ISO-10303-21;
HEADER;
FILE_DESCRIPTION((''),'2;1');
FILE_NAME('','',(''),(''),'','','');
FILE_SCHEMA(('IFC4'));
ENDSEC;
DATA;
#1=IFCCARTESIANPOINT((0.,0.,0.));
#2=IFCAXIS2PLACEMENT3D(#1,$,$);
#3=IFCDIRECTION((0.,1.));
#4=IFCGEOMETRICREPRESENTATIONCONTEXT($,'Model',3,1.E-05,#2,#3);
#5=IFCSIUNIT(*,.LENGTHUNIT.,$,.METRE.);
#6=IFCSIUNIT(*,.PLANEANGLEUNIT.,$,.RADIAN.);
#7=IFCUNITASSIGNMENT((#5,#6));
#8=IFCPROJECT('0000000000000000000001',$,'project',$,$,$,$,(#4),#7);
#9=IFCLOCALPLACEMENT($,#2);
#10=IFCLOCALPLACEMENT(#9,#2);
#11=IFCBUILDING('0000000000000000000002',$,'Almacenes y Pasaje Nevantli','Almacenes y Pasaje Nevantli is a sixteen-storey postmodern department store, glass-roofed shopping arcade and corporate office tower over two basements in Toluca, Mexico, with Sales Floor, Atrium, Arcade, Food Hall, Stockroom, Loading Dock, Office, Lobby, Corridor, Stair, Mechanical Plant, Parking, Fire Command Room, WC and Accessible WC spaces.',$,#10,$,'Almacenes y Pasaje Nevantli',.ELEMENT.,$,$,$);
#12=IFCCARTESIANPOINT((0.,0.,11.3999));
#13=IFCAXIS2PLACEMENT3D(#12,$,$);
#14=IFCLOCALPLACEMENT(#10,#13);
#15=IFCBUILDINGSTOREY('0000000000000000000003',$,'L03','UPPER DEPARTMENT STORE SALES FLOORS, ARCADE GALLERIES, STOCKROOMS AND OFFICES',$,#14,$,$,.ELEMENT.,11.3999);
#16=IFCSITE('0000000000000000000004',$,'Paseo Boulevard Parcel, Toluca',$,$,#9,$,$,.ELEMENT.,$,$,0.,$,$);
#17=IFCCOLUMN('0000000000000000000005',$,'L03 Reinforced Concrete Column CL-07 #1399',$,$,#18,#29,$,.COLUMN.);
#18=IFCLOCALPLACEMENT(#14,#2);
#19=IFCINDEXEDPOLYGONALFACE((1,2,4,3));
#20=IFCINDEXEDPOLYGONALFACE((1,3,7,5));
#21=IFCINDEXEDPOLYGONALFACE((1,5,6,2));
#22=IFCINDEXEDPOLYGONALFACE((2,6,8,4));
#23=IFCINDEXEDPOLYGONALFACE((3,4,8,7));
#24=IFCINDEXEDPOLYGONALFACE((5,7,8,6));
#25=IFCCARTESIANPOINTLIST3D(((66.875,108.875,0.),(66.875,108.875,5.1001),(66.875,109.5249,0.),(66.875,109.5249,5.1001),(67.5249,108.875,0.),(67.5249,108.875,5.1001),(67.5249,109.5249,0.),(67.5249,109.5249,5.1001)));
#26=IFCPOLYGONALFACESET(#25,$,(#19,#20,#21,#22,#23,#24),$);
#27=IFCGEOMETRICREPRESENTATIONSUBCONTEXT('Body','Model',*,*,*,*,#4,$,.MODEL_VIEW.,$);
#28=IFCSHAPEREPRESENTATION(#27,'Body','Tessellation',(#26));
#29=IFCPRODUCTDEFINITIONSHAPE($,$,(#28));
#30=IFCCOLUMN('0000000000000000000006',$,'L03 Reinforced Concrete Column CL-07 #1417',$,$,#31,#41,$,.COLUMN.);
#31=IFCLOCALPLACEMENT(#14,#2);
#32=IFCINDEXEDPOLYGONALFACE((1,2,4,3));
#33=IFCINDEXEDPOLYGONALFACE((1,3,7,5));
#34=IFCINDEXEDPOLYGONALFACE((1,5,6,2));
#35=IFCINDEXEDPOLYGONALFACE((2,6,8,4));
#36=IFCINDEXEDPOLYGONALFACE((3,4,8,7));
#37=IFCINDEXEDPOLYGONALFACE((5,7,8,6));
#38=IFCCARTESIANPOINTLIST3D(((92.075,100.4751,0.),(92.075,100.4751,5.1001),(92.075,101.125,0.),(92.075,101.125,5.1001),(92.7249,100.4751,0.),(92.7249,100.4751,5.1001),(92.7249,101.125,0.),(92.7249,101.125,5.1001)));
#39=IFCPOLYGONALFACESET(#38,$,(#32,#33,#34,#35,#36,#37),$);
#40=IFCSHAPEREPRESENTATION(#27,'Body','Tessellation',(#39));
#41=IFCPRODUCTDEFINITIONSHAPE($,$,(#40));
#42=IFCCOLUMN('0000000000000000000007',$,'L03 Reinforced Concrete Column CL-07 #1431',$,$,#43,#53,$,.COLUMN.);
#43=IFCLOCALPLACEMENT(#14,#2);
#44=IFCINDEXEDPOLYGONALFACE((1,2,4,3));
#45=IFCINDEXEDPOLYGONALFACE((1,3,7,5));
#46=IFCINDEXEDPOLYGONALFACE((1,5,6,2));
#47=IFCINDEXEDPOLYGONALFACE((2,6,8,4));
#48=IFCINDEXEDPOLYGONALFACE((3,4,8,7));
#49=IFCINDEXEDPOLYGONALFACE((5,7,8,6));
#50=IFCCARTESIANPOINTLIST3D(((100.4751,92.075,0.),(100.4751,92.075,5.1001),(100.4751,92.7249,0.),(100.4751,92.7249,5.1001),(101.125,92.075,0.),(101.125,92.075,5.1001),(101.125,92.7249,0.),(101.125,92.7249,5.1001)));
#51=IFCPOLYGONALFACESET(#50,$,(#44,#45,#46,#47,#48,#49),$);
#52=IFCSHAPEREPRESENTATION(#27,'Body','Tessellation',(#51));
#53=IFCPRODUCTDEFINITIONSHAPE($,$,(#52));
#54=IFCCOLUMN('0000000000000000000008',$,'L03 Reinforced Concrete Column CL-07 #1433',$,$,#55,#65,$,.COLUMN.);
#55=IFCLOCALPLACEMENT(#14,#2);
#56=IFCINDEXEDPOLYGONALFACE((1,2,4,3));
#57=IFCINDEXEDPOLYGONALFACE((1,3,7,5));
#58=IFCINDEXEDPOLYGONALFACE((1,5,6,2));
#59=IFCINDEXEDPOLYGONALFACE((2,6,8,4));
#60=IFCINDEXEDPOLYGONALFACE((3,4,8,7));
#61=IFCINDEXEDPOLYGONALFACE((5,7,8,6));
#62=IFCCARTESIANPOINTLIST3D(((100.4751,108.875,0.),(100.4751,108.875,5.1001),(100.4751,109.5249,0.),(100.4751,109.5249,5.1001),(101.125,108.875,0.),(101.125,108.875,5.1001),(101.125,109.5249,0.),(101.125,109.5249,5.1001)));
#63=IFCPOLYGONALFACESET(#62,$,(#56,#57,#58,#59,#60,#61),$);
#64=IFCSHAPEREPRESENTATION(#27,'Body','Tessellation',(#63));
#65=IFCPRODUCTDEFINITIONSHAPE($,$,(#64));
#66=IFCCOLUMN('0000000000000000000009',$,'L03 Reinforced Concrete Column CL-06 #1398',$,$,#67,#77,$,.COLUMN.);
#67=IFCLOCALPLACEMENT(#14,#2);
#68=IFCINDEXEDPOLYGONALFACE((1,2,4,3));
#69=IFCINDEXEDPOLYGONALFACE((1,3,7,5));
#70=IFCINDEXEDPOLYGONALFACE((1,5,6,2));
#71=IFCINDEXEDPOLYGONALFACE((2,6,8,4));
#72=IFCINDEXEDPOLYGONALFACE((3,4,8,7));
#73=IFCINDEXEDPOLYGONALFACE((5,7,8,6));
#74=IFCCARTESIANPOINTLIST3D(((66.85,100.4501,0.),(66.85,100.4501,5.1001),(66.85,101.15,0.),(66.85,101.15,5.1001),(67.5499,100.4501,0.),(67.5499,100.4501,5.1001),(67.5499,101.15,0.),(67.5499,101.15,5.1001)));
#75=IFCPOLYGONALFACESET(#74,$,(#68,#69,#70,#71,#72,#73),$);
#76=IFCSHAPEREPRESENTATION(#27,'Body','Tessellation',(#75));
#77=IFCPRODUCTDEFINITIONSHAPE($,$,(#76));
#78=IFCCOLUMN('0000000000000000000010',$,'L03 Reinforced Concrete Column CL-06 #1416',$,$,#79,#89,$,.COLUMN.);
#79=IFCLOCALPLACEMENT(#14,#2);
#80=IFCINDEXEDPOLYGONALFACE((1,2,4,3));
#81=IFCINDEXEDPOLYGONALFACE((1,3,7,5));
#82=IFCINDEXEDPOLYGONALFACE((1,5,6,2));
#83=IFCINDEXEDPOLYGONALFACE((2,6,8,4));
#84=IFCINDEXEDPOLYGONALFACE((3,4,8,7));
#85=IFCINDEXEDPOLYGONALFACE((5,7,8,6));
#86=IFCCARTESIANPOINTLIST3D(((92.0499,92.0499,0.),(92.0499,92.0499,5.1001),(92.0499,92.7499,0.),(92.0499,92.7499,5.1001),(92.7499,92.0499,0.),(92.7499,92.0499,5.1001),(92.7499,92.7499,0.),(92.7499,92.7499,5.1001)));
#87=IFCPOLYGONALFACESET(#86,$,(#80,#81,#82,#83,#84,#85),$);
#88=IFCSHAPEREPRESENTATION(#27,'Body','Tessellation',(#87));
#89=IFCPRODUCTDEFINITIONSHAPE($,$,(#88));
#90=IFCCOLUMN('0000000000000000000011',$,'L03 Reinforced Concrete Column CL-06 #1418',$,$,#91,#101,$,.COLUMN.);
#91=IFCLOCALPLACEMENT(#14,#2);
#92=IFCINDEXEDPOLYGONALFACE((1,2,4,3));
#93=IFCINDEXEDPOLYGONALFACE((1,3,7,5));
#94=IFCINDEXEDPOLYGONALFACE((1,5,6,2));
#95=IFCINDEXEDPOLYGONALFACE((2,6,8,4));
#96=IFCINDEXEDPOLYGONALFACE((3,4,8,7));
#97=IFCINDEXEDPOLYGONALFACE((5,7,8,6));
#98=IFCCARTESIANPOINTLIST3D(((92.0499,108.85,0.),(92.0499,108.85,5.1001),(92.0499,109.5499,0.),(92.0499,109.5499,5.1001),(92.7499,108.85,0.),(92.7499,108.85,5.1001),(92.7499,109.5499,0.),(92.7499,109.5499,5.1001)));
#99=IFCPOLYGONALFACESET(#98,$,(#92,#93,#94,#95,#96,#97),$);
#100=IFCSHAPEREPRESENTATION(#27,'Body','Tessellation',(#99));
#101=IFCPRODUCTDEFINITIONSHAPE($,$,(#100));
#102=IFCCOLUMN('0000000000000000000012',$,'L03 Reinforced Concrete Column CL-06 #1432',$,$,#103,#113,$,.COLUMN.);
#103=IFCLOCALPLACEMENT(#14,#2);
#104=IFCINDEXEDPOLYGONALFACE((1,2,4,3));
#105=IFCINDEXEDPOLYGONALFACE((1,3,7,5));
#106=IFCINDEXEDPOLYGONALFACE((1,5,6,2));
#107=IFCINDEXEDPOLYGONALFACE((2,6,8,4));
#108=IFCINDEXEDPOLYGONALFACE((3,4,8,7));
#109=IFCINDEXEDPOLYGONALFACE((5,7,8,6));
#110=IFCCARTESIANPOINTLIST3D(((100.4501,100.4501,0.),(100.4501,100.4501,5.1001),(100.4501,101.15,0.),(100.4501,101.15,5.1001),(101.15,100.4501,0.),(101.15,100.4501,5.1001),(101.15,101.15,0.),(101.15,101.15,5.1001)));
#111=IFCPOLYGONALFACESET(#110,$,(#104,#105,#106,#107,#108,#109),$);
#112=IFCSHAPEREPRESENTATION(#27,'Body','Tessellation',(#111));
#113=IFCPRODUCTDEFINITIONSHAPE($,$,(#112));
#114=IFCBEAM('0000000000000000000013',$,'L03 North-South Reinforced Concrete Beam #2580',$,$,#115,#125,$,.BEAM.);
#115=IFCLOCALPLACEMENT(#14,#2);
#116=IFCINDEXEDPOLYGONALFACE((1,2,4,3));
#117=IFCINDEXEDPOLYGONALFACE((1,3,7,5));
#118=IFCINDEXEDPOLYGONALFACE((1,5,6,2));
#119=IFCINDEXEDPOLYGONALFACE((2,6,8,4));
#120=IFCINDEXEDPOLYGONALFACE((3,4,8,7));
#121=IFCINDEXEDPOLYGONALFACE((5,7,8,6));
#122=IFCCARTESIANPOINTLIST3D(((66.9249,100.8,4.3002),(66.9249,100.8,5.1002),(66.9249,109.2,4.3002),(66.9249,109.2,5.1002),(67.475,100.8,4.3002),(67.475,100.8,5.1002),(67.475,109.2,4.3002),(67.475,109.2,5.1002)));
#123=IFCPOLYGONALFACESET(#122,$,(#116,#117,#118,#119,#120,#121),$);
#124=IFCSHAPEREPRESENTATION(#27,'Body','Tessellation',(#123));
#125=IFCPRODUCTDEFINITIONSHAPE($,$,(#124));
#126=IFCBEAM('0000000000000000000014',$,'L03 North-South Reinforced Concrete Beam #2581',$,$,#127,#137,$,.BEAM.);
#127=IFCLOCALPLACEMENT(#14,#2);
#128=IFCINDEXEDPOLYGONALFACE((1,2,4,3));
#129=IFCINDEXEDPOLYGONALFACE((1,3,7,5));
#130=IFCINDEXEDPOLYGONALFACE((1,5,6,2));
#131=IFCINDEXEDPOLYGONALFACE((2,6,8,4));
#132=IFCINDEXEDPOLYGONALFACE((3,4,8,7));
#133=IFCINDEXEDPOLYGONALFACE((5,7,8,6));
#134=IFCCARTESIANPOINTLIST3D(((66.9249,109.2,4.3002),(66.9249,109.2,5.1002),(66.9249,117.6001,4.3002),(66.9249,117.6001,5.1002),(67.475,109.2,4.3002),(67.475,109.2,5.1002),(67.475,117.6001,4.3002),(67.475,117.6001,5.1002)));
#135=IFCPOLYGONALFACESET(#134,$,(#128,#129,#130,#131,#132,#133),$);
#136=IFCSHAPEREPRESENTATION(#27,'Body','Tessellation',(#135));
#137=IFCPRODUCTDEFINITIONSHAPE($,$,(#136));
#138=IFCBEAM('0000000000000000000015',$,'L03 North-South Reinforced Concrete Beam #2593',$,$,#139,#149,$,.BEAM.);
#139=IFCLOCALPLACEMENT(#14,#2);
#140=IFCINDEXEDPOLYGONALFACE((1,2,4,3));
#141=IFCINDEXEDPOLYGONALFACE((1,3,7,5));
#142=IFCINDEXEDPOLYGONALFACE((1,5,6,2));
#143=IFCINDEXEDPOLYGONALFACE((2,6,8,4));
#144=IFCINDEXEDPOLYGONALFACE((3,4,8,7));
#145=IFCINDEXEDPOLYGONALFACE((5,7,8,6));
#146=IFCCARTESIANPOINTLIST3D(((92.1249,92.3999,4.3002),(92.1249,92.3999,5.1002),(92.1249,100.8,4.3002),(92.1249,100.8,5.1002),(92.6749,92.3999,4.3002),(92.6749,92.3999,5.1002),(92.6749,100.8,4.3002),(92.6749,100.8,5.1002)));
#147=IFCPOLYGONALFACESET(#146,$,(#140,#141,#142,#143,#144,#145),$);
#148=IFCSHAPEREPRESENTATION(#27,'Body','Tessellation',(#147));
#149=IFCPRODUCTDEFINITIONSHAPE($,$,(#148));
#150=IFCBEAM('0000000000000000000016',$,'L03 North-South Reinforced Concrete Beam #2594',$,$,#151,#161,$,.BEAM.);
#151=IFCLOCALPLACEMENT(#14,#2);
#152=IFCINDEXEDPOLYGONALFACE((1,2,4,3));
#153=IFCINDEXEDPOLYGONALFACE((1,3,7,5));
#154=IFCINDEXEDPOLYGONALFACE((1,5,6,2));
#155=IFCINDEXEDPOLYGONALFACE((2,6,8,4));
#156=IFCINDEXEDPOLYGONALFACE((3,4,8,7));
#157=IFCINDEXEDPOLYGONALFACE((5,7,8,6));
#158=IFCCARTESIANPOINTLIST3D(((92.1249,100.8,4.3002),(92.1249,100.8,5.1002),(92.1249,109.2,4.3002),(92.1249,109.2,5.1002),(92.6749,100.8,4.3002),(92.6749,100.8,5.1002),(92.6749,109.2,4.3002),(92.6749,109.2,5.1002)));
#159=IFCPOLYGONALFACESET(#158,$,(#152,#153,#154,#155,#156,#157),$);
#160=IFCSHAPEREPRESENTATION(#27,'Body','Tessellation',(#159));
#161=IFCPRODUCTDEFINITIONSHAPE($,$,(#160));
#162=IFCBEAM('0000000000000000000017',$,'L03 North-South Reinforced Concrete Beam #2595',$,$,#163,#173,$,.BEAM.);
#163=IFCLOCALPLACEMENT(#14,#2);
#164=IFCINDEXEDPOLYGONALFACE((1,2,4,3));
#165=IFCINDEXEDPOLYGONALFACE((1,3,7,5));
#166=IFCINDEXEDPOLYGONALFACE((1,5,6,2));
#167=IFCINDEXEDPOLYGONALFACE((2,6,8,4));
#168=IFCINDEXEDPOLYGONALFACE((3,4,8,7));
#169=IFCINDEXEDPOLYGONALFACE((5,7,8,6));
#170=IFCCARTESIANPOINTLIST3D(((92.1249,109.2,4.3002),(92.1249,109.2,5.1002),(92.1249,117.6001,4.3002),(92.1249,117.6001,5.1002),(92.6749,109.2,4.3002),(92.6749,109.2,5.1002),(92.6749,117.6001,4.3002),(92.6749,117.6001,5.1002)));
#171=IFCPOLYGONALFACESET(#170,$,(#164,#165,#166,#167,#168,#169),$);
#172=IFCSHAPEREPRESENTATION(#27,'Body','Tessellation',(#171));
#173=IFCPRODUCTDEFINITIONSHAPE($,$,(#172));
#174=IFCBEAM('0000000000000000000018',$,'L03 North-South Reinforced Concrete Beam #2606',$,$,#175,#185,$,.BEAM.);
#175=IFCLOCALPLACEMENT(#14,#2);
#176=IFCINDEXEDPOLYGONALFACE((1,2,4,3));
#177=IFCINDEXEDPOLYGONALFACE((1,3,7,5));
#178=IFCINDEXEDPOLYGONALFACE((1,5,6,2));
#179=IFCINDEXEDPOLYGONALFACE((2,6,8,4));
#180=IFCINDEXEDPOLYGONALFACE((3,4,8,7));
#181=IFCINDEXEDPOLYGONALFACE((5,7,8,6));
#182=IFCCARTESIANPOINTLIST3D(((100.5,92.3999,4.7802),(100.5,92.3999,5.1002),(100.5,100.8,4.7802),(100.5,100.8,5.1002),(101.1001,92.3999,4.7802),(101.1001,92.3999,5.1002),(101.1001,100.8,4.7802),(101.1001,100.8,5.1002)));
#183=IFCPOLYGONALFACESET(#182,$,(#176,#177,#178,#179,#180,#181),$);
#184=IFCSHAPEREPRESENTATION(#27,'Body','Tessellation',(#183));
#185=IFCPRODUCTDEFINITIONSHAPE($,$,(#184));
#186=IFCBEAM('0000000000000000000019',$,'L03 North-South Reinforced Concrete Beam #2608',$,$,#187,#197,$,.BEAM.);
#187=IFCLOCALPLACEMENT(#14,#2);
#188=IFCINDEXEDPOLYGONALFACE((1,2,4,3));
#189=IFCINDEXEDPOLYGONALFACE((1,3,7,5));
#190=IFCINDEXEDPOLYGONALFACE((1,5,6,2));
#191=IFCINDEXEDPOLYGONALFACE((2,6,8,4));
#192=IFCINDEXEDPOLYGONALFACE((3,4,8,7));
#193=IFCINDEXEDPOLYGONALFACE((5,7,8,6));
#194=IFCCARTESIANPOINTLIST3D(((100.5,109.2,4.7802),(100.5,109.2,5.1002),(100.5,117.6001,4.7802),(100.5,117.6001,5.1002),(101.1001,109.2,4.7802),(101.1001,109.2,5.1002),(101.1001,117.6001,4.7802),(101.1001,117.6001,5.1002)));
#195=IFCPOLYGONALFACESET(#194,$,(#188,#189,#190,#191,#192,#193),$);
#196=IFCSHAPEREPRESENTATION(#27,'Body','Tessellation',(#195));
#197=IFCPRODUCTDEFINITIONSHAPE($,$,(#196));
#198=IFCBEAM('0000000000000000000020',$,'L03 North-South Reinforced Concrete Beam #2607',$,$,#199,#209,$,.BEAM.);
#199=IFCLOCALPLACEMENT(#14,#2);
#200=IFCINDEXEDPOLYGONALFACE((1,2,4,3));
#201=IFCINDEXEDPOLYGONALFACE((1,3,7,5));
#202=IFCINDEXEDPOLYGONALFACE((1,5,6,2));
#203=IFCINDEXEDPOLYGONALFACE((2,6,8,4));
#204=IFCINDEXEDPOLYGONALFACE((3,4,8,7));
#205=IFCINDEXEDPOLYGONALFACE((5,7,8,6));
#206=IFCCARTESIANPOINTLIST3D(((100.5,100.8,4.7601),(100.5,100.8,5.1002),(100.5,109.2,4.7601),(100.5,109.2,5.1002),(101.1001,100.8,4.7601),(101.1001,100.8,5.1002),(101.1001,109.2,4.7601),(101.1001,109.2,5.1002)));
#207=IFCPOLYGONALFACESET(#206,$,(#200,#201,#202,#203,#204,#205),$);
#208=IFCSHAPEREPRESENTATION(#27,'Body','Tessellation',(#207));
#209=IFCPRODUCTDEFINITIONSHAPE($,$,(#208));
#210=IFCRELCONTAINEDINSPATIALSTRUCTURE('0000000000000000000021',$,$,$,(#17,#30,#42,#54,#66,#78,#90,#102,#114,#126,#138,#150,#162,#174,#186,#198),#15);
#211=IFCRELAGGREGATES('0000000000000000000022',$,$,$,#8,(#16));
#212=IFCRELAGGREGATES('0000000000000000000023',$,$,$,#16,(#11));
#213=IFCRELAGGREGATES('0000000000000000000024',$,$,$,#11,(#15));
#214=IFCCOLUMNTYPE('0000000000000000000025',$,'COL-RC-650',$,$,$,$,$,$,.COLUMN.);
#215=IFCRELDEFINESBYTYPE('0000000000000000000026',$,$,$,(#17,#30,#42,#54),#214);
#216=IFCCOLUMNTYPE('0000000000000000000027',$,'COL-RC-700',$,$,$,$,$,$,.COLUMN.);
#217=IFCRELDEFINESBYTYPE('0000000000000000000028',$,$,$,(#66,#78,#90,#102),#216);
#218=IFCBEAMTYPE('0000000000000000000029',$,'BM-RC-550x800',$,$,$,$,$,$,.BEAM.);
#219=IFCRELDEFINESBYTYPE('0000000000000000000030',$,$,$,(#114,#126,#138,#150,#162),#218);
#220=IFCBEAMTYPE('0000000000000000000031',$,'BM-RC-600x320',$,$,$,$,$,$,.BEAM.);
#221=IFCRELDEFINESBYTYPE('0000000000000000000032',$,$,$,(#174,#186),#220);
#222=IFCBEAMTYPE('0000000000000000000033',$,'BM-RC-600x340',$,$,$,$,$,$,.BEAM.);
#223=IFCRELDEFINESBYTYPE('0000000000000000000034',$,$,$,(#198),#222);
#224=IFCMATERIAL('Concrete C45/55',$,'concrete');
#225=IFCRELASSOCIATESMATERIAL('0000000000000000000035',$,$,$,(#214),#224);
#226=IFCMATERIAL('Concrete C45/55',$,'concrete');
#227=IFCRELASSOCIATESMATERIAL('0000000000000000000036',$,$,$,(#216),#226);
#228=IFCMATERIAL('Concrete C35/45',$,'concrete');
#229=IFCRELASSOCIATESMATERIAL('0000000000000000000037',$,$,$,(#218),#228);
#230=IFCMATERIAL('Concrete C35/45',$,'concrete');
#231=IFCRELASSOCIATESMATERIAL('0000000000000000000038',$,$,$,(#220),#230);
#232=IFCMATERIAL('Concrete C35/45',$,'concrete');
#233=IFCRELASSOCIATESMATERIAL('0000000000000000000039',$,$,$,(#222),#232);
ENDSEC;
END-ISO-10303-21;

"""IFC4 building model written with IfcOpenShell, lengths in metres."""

from ifc_helpers import new_model, si_unit, direction, frame, origin, origin_2d, place, context, subcontext, project, spatial, rectangle, extrude, material, material_profile, profile_set, type_object, element, save


model = new_model("IFC4")

# Units and contexts
model_context = context("Model", 3, precision=1e-05, world=origin(), true_north=direction((0.0, 1.0)))
body_context = subcontext(model_context, "Body", "Model", "MODEL_VIEW")
ifc_project = project(units=[si_unit("LENGTHUNIT", "METRE"), si_unit("PLANEANGLEUNIT", "RADIAN")], contexts=[model_context])

# Site, building, storey
site_placement = place(None, origin())
site = spatial("IfcSite", under=ifc_project, at=site_placement, Name="Paseo Boulevard Parcel, Toluca", CompositionType="ELEMENT", RefElevation=0.0)
building_placement = place(site_placement, origin())
building = spatial("IfcBuilding", under=site, at=building_placement, Name="Almacenes y Pasaje Nevantli", Description="Almacenes y Pasaje Nevantli is a sixteen-storey postmodern department store, glass-roofed shopping arcade and corporate office tower over two basements in Toluca, Mexico, with Sales Floor, Atrium, Arcade, Food Hall, Stockroom, Loading Dock, Office, Lobby, Corridor, Stair, Mechanical Plant, Parking, Fire Command Room, WC and Accessible WC spaces.", LongName="Almacenes y Pasaje Nevantli", CompositionType="ELEMENT")
storey_placement = place(building_placement, frame((0.0, 0.0, 11.3999)))
storey = spatial("IfcBuildingStorey", under=building, at=storey_placement, Name="L03", Description="UPPER DEPARTMENT STORE SALES FLOORS, ARCADE GALLERIES, STOCKROOMS AND OFFICES", CompositionType="ELEMENT", Elevation=11.3999)

# Columns
ifc_material_1 = material(Name="Concrete C45/55", Category="concrete")
ifc_material_profile_1 = material_profile(ifc_material_1, rectangle(XDim=0.6499, YDim=0.6499, at=origin_2d()), Name="RC-COL-650x650")
ifc_profile_set_1 = profile_set([ifc_material_profile_1], Name="Concrete C45/55")
column_type_1 = type_object("IfcColumnType", Name="COL-RC-650", PredefinedType="COLUMN", material=ifc_profile_set_1)
for number, where, z_axis, x_axis, name in (
    (1, (67.2, 109.2, 0.0), (0.0, 0.0, 1.0), (1.0, 0.0, 0.0), "L03 Reinforced Concrete Column CL-07 #1399"),
    (2, (92.3999, 100.8, 0.0), (0.0, 0.0, 1.0), (1.0, 0.0, 0.0), "L03 Reinforced Concrete Column CL-07 #1417"),
    (3, (100.8, 92.3999, 0.0), (0.0, 0.0, 1.0), (1.0, 0.0, 0.0), "L03 Reinforced Concrete Column CL-07 #1431"),
    (4, (100.8, 109.2, 0.0), (0.0, 0.0, 1.0), (1.0, 0.0, 0.0), "L03 Reinforced Concrete Column CL-07 #1433"),
):
    element("IfcColumn", number, at=place(storey_placement, frame(where, z_axis=z_axis, x_axis=x_axis)), inside=storey, type_object=column_type_1, Name=name, PredefinedType="COLUMN", context=body_context, shape_type="SweptSolid", body=[
        extrude(rectangle(XDim=0.6499, YDim=0.6499, at=origin_2d()), origin(), (0.0, 0.0, 1.0), 5.1001),
    ])
ifc_material_2 = material(Name="Concrete C45/55", Category="concrete")
ifc_material_profile_2 = material_profile(ifc_material_2, rectangle(XDim=0.7, YDim=0.7, at=origin_2d()), Name="RC-COL-700x700")
ifc_profile_set_2 = profile_set([ifc_material_profile_2], Name="Concrete C45/55")
column_type_2 = type_object("IfcColumnType", Name="COL-RC-700", PredefinedType="COLUMN", material=ifc_profile_set_2)
for number, where, z_axis, x_axis, name in (
    (5, (67.2, 100.8, 0.0), (0.0, 0.0, 1.0), (1.0, 0.0, 0.0), "L03 Reinforced Concrete Column CL-06 #1398"),
    (6, (92.3999, 92.3999, 0.0), (0.0, 0.0, 1.0), (1.0, 0.0, 0.0), "L03 Reinforced Concrete Column CL-06 #1416"),
    (7, (92.3999, 109.2, 0.0), (0.0, 0.0, 1.0), (1.0, 0.0, 0.0), "L03 Reinforced Concrete Column CL-06 #1418"),
    (8, (100.8, 100.8, 0.0), (0.0, 0.0, 1.0), (1.0, 0.0, 0.0), "L03 Reinforced Concrete Column CL-06 #1432"),
):
    element("IfcColumn", number, at=place(storey_placement, frame(where, z_axis=z_axis, x_axis=x_axis)), inside=storey, type_object=column_type_2, Name=name, PredefinedType="COLUMN", context=body_context, shape_type="SweptSolid", body=[
        extrude(rectangle(XDim=0.7, YDim=0.7, at=origin_2d()), origin(), (0.0, 0.0, 1.0), 5.1001),
    ])

# Beams
ifc_material_3 = material(Name="Concrete C35/45", Category="concrete")
ifc_material_profile_3 = material_profile(ifc_material_3, rectangle(XDim=0.55, YDim=0.8, at=origin_2d()), Name="RC-BM-550x800")
ifc_profile_set_3 = profile_set([ifc_material_profile_3], Name="Concrete C35/45")
beam_type_1 = type_object("IfcBeamType", Name="BM-RC-550x800", PredefinedType="BEAM", material=ifc_profile_set_3)
beam_1_placement = place(storey_placement, frame((67.2, 100.8, 4.7002), z_axis=(0.0, 1.0, 0.0), x_axis=(-1.0, 0.0, 0.0)))
element("IfcBeam", 9, at=beam_1_placement, inside=storey, type_object=beam_type_1, Name="L03 North-South Reinforced Concrete Beam #2580", PredefinedType="BEAM", context=body_context, shape_type="SweptSolid", body=[
    extrude(rectangle(XDim=0.55, YDim=0.8, at=origin_2d()), origin(), (0.0, 0.0, 1.0), 8.3999),
])
for number, where, z_axis, x_axis, name in (
    (10, (67.2, 109.2, 4.7002), (0.0, 1.0, 0.0), (-1.0, 0.0, 0.0), "L03 North-South Reinforced Concrete Beam #2581"),
    (11, (92.3999, 92.3999, 4.7002), (0.0, 1.0, 0.0), (-1.0, 0.0, 0.0), "L03 North-South Reinforced Concrete Beam #2593"),
):
    element("IfcBeam", number, at=place(storey_placement, frame(where, z_axis=z_axis, x_axis=x_axis)), inside=storey, type_object=beam_type_1, Name=name, PredefinedType="BEAM", context=body_context, shape_type="SweptSolid", body=[
        extrude(rectangle(XDim=0.55, YDim=0.8, at=origin_2d()), origin(), (0.0, 0.0, 1.0), 8.4001),
    ])
beam_2_placement = place(storey_placement, frame((92.3999, 100.8, 4.7002), z_axis=(0.0, 1.0, 0.0), x_axis=(-1.0, 0.0, 0.0)))
element("IfcBeam", 12, at=beam_2_placement, inside=storey, type_object=beam_type_1, Name="L03 North-South Reinforced Concrete Beam #2594", PredefinedType="BEAM", context=body_context, shape_type="SweptSolid", body=[
    extrude(rectangle(XDim=0.55, YDim=0.8, at=origin_2d()), origin(), (0.0, 0.0, 1.0), 8.3999),
])
beam_3_placement = place(storey_placement, frame((92.3999, 109.2, 4.7002), z_axis=(0.0, 1.0, 0.0), x_axis=(-1.0, 0.0, 0.0)))
element("IfcBeam", 13, at=beam_3_placement, inside=storey, type_object=beam_type_1, Name="L03 North-South Reinforced Concrete Beam #2595", PredefinedType="BEAM", context=body_context, shape_type="SweptSolid", body=[
    extrude(rectangle(XDim=0.55, YDim=0.8, at=origin_2d()), origin(), (0.0, 0.0, 1.0), 8.4001),
])
ifc_material_4 = material(Name="Concrete C35/45", Category="concrete")
ifc_material_profile_4 = material_profile(ifc_material_4, rectangle(XDim=0.6001, YDim=0.3201, at=origin_2d()), Name="RC-BM-600x320")
ifc_profile_set_4 = profile_set([ifc_material_profile_4], Name="Concrete C35/45")
beam_type_2 = type_object("IfcBeamType", Name="BM-RC-600x320", PredefinedType="BEAM", material=ifc_profile_set_4)
for number, where, z_axis, x_axis, name in (
    (14, (100.8, 92.3999, 4.9402), (0.0, 1.0, 0.0), (-1.0, 0.0, 0.0), "L03 North-South Reinforced Concrete Beam #2606"),
    (15, (100.8, 109.2, 4.9402), (0.0, 1.0, 0.0), (-1.0, 0.0, 0.0), "L03 North-South Reinforced Concrete Beam #2608"),
):
    element("IfcBeam", number, at=place(storey_placement, frame(where, z_axis=z_axis, x_axis=x_axis)), inside=storey, type_object=beam_type_2, Name=name, PredefinedType="BEAM", context=body_context, shape_type="SweptSolid", body=[
        extrude(rectangle(XDim=0.6001, YDim=0.3201, at=origin_2d()), origin(), (0.0, 0.0, 1.0), 8.4001),
    ])
ifc_material_5 = material(Name="Concrete C35/45", Category="concrete")
ifc_material_profile_5 = material_profile(ifc_material_5, rectangle(XDim=0.6001, YDim=0.3401, at=origin_2d()), Name="RC-BM-600x340")
ifc_profile_set_5 = profile_set([ifc_material_profile_5], Name="Concrete C35/45")
beam_type_3 = type_object("IfcBeamType", Name="BM-RC-600x340", PredefinedType="BEAM", material=ifc_profile_set_5)
beam_4_placement = place(storey_placement, frame((100.8, 100.8, 4.9302), z_axis=(0.0, 1.0, 0.0), x_axis=(-1.0, 0.0, 0.0)))
element("IfcBeam", 16, at=beam_4_placement, inside=storey, type_object=beam_type_3, Name="L03 North-South Reinforced Concrete Beam #2607", PredefinedType="BEAM", context=body_context, shape_type="SweptSolid", body=[
    extrude(rectangle(XDim=0.6001, YDim=0.3401, at=origin_2d()), origin(), (0.0, 0.0, 1.0), 8.3999),
])

save(model, "model.ifc")
